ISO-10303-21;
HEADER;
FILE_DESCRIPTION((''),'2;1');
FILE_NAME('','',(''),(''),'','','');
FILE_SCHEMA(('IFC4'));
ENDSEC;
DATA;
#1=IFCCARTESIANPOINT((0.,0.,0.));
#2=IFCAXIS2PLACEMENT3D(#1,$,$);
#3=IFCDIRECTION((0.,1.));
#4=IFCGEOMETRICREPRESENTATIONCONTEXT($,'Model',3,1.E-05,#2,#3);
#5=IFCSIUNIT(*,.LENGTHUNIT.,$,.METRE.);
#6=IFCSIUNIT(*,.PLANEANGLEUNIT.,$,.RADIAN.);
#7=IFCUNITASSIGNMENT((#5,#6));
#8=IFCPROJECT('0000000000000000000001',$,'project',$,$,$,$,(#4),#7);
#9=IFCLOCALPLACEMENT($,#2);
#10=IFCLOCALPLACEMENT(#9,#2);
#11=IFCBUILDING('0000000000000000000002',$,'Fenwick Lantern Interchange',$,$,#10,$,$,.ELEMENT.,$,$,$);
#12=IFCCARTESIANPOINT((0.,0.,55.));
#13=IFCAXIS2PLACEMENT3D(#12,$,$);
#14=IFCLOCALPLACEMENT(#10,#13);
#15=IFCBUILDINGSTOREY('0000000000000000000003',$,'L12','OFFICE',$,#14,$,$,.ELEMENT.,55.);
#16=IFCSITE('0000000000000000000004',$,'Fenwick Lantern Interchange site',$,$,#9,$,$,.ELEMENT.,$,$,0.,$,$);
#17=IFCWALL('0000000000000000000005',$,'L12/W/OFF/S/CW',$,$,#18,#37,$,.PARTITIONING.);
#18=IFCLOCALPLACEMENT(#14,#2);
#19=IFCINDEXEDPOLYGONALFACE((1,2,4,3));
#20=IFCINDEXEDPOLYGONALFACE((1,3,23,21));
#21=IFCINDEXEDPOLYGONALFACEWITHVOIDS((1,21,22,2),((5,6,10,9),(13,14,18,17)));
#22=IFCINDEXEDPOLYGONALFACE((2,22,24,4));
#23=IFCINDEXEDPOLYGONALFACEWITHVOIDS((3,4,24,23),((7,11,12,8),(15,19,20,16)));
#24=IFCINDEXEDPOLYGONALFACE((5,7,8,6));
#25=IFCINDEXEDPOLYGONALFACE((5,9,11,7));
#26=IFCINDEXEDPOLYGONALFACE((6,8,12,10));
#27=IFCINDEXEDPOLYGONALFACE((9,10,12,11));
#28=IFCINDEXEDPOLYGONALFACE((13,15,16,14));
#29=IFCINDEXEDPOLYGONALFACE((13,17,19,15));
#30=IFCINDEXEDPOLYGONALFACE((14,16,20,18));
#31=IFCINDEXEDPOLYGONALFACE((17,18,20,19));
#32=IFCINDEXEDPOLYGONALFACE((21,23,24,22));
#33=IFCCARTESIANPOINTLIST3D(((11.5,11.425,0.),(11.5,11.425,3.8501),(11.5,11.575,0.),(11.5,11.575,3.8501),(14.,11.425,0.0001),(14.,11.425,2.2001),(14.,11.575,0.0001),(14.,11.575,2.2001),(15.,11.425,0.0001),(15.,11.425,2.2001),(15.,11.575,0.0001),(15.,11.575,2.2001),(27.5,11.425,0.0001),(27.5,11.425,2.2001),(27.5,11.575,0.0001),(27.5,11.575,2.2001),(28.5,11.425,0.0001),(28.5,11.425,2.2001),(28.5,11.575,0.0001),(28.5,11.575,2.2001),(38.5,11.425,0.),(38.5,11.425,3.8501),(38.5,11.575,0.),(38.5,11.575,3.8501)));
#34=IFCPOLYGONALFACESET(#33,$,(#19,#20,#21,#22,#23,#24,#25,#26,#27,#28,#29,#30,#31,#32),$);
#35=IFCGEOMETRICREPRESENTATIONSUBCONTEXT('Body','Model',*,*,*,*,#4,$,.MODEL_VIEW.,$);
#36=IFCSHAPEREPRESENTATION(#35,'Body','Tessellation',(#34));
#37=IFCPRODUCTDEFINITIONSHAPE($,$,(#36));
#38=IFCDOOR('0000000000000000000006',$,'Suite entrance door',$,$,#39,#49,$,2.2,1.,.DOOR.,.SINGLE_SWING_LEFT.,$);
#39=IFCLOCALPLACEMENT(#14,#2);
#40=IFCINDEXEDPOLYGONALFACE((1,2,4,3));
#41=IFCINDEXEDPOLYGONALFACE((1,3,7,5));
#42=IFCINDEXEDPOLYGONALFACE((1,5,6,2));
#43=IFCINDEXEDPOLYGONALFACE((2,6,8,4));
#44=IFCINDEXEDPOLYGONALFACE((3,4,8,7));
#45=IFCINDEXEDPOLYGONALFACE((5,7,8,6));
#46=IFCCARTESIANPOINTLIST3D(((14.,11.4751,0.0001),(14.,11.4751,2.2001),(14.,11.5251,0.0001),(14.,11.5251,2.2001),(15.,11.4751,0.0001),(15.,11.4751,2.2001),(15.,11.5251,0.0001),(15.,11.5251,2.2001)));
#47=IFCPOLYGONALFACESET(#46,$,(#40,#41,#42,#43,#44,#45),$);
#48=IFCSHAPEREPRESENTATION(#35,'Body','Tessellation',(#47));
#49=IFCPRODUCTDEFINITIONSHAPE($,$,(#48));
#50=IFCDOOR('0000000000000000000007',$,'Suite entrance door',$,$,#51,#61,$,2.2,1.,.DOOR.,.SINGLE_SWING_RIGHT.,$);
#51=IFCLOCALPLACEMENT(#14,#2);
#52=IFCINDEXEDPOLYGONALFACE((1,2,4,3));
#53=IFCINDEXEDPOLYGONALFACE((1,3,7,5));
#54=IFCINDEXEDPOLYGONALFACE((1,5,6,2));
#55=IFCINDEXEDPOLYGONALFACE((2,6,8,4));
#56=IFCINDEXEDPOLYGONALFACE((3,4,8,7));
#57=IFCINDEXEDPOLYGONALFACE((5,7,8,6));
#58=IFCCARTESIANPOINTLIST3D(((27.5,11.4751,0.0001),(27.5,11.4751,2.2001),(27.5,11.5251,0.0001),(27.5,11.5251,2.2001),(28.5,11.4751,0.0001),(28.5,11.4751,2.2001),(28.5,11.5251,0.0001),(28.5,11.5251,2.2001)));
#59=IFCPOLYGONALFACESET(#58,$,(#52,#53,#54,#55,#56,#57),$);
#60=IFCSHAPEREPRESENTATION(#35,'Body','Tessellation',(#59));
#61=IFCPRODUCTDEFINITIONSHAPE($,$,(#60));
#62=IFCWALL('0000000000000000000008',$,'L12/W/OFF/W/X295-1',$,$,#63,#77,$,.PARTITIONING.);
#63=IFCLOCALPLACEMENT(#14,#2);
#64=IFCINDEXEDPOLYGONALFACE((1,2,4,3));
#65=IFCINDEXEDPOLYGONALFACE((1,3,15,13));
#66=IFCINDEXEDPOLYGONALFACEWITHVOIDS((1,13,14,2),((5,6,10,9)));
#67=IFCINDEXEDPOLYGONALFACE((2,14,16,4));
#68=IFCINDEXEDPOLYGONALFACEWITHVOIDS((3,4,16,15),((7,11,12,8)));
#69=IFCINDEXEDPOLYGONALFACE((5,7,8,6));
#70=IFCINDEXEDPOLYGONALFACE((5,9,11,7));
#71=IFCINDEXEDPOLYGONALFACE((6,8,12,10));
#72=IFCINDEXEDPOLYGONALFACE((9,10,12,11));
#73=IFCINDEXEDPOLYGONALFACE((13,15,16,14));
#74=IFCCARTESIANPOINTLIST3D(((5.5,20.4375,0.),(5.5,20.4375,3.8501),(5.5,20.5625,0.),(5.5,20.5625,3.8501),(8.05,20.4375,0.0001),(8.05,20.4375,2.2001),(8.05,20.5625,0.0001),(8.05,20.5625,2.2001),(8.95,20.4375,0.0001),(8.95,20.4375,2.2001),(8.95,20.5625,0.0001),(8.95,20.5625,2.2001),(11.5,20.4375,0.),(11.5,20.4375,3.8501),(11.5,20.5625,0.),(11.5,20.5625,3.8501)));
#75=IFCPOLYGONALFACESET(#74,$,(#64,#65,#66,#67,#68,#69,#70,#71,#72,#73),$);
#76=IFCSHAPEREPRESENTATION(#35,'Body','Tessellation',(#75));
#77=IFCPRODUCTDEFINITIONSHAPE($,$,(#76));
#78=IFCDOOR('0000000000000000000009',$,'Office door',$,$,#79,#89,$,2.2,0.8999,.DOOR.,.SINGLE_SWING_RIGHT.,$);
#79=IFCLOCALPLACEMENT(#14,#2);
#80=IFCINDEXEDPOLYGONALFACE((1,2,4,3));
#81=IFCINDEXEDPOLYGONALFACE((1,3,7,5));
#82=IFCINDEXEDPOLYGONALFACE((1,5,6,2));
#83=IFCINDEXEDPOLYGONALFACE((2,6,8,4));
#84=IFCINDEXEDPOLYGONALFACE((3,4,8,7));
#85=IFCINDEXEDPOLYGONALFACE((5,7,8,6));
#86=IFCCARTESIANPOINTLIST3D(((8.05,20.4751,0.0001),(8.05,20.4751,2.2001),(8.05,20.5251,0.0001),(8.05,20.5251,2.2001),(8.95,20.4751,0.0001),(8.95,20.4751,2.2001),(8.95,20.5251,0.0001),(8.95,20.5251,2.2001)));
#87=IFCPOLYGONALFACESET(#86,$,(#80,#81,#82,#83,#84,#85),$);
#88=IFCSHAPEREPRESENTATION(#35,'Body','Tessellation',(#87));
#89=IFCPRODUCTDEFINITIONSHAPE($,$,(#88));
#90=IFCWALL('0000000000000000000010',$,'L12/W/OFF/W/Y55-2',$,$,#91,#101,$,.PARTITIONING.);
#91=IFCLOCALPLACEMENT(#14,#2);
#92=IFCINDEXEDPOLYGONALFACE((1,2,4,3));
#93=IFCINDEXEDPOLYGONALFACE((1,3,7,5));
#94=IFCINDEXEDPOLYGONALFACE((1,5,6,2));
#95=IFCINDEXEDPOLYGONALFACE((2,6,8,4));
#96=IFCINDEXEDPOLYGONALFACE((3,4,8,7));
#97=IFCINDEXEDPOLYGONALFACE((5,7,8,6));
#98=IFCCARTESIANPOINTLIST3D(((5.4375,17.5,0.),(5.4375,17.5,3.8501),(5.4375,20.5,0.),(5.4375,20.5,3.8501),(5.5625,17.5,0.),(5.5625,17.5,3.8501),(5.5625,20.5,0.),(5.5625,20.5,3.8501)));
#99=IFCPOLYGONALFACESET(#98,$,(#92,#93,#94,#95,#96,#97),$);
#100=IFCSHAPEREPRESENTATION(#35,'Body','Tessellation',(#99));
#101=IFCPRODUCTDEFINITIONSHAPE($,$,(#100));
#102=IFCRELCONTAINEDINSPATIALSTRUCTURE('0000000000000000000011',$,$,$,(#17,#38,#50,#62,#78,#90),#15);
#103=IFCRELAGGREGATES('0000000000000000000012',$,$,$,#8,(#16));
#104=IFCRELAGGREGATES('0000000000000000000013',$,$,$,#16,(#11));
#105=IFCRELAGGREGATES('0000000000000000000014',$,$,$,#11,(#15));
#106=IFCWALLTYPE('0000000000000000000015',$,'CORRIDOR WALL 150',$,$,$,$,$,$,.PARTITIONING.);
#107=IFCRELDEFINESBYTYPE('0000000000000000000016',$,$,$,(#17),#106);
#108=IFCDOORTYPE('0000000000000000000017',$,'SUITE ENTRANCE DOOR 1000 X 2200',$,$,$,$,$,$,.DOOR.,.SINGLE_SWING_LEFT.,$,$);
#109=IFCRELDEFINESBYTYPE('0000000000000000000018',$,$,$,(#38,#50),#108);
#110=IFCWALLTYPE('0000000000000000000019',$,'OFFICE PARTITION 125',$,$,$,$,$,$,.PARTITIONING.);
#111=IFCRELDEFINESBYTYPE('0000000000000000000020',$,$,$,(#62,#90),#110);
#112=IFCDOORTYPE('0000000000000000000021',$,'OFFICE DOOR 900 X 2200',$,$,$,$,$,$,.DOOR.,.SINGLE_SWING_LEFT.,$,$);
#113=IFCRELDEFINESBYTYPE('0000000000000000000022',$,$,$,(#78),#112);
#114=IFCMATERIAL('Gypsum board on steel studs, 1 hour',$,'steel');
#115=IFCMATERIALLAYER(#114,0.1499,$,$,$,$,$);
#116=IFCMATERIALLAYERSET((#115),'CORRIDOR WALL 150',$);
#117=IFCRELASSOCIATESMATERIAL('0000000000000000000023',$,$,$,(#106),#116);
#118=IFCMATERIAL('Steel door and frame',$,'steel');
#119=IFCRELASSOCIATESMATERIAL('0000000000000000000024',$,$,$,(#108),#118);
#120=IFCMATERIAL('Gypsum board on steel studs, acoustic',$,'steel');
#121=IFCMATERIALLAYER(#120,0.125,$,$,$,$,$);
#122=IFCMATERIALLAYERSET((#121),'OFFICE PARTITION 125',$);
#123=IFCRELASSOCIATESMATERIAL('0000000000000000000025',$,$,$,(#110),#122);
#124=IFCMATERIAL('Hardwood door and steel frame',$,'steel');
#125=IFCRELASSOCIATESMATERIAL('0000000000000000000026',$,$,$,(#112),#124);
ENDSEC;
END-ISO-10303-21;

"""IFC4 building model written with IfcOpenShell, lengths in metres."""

from ifc_helpers import new_model, si_unit, direction, frame, frame_2d, origin, place, context, subcontext, project, spatial, rectangle, extrude, material, layer, layer_set, type_object, element, fill, save


model = new_model("IFC4")

# Units and contexts
model_context = context("Model", 3, precision=1e-05, world=origin(), true_north=direction((0.0, 1.0)))
body_context = subcontext(model_context, "Body", "Model", "MODEL_VIEW")
ifc_project = project(units=[si_unit("LENGTHUNIT", "METRE"), si_unit("PLANEANGLEUNIT", "RADIAN")], contexts=[model_context])

# Site, building, storey
site_placement = place(None, origin())
site = spatial("IfcSite", under=ifc_project, at=site_placement, Name="Fenwick Lantern Interchange site", CompositionType="ELEMENT", RefElevation=0.0)
building_placement = place(site_placement, origin())
building = spatial("IfcBuilding", under=site, at=building_placement, Name="Fenwick Lantern Interchange", CompositionType="ELEMENT")
storey_placement = place(building_placement, frame((0.0, 0.0, 55.0)))
storey = spatial("IfcBuildingStorey", under=building, at=storey_placement, Name="L12", Description="OFFICE", CompositionType="ELEMENT", Elevation=55.0)

# Shared definitions
ifc_material_1 = material(Name="Steel door and frame", Category="steel")

# Wall, openings, doors
ifc_material_2 = material(Name="Hardwood door and steel frame", Category="steel")
ifc_material_3 = material(Name="Gypsum board on steel studs, 1 hour", Category="steel")
ifc_layer_1 = layer(ifc_material_3, 0.1499)
ifc_layer_set_1 = layer_set([ifc_layer_1], Name="CORRIDOR WALL 150")
wall_type_1 = type_object("IfcWallType", Name="CORRIDOR WALL 150", PredefinedType="PARTITIONING", material=ifc_layer_set_1)
wall_1_placement = place(storey_placement, frame((11.5, 11.5, 0.0), z_axis=(0.0, 0.0, 1.0), x_axis=(1.0, 0.0, 0.0)))
wall_1 = element("IfcWall", 1, at=wall_1_placement, inside=storey, type_object=wall_type_1, Name="L12/W/OFF/S/CW", PredefinedType="PARTITIONING", context=body_context, shape_type="SweptSolid", body=[
    extrude(rectangle(XDim=27.0, YDim=0.1499, at=frame_2d((13.5, 0.0))), origin(), (0.0, 0.0, 1.0), 3.8501),
])
opening_1_placement = place(wall_1_placement, frame((2.5, 0.0, 0.0)))
opening_1 = element("IfcOpeningElement", 2, at=opening_1_placement, cuts=wall_1, PredefinedType="OPENING", context=body_context, shape_type="SweptSolid", body=[
    extrude(rectangle(XDim=1.0, YDim=2.2, at=frame_2d((0.5, 1.1001))), frame((0.0, 0.085, 0.0), z_axis=(0.0, -1.0, 0.0), x_axis=(1.0, 0.0, 0.0)), (0.0, 0.0, 1.0), 0.1699),
])
opening_2_placement = place(wall_1_placement, frame((16.0, 0.0, 0.0)))
opening_2 = element("IfcOpeningElement", 3, at=opening_2_placement, cuts=wall_1, PredefinedType="OPENING", context=body_context, shape_type="SweptSolid", body=[
    extrude(rectangle(XDim=1.0, YDim=2.2, at=frame_2d((0.5, 1.1001))), frame((0.0, 0.085, 0.0), z_axis=(0.0, -1.0, 0.0), x_axis=(1.0, 0.0, 0.0)), (0.0, 0.0, 1.0), 0.1699),
])
door_type_1 = type_object("IfcDoorType", Name="SUITE ENTRANCE DOOR 1000 X 2200", OperationType="SINGLE_SWING_LEFT", PredefinedType="DOOR", material=ifc_material_1)
door_1_placement = place(opening_1_placement, frame((1.0, 0.0, 0.0), z_axis=(0.0, 0.0, 1.0), x_axis=(-1.0, 0.0, 0.0)))
door_1 = element("IfcDoor", 4, at=door_1_placement, inside=storey, type_object=door_type_1, Name="Suite entrance door", OperationType="SINGLE_SWING_LEFT", OverallHeight=2.2, OverallWidth=1.0, PredefinedType="DOOR", context=body_context, shape_type="SweptSolid", body=[
    extrude(rectangle(XDim=1.0, YDim=2.2, at=frame_2d((0.5, 1.1001))), frame((0.0, 0.0249, 0.0), z_axis=(0.0, -1.0, 0.0), x_axis=(1.0, 0.0, 0.0)), (0.0, 0.0, 1.0), 0.05),
])
fill(opening_1, door_1)
door_2_placement = place(opening_2_placement, frame((1.0, 0.0, 0.0), z_axis=(0.0, 0.0, 1.0), x_axis=(-1.0, 0.0, 0.0)))
door_2 = element("IfcDoor", 5, at=door_2_placement, inside=storey, type_object=door_type_1, Name="Suite entrance door", OperationType="SINGLE_SWING_RIGHT", OverallHeight=2.2, OverallWidth=1.0, PredefinedType="DOOR", context=body_context, shape_type="SweptSolid", body=[
    extrude(rectangle(XDim=1.0, YDim=2.2, at=frame_2d((0.5, 1.1001))), frame((0.0, 0.0249, 0.0), z_axis=(0.0, -1.0, 0.0), x_axis=(1.0, 0.0, 0.0)), (0.0, 0.0, 1.0), 0.05),
])
fill(opening_2, door_2)

# Wall, opening, door
ifc_material_4 = material(Name="Gypsum board on steel studs, acoustic", Category="steel")
ifc_layer_2 = layer(ifc_material_4, 0.125)
ifc_layer_set_2 = layer_set([ifc_layer_2], Name="OFFICE PARTITION 125")
wall_type_2 = type_object("IfcWallType", Name="OFFICE PARTITION 125", PredefinedType="PARTITIONING", material=ifc_layer_set_2)
wall_2_placement = place(storey_placement, frame((5.5, 20.5, 0.0), z_axis=(0.0, 0.0, 1.0), x_axis=(1.0, 0.0, 0.0)))
wall_2 = element("IfcWall", 6, at=wall_2_placement, inside=storey, type_object=wall_type_2, Name="L12/W/OFF/W/X295-1", PredefinedType="PARTITIONING", context=body_context, shape_type="SweptSolid", body=[
    extrude(rectangle(XDim=6.0, YDim=0.125, at=frame_2d((3.0, 0.0))), origin(), (0.0, 0.0, 1.0), 3.8501),
])
opening_3_placement = place(wall_2_placement, frame((2.55, 0.0, 0.0)))
opening_3 = element("IfcOpeningElement", 7, at=opening_3_placement, cuts=wall_2, PredefinedType="OPENING", context=body_context, shape_type="SweptSolid", body=[
    extrude(rectangle(XDim=0.8999, YDim=2.2, at=frame_2d((0.45, 1.1001))), frame((0.0, 0.0725, 0.0), z_axis=(0.0, -1.0, 0.0), x_axis=(1.0, 0.0, 0.0)), (0.0, 0.0, 1.0), 0.145),
])
door_type_2 = type_object("IfcDoorType", Name="OFFICE DOOR 900 X 2200", OperationType="SINGLE_SWING_LEFT", PredefinedType="DOOR", material=ifc_material_2)
door_3_placement = place(opening_3_placement, frame((0.8999, 0.0, 0.0), z_axis=(0.0, 0.0, 1.0), x_axis=(-1.0, 0.0, 0.0)))
door_3 = element("IfcDoor", 8, at=door_3_placement, inside=storey, type_object=door_type_2, Name="Office door", OperationType="SINGLE_SWING_RIGHT", OverallHeight=2.2, OverallWidth=0.8999, PredefinedType="DOOR", context=body_context, shape_type="SweptSolid", body=[
    extrude(rectangle(XDim=0.8999, YDim=2.2, at=frame_2d((0.45, 1.1001))), frame((0.0, 0.0249, 0.0), z_axis=(0.0, -1.0, 0.0), x_axis=(1.0, 0.0, 0.0)), (0.0, 0.0, 1.0), 0.05),
])
fill(opening_3, door_3)

# Wall
wall_3_placement = place(storey_placement, frame((5.5, 20.5, 0.0), z_axis=(0.0, 0.0, 1.0), x_axis=(0.0, -1.0, 0.0)))
element("IfcWall", 9, at=wall_3_placement, inside=storey, type_object=wall_type_2, Name="L12/W/OFF/W/Y55-2", PredefinedType="PARTITIONING", context=body_context, shape_type="SweptSolid", body=[
    extrude(rectangle(XDim=3.0, YDim=0.125, at=frame_2d((1.5, 0.0))), origin(), (0.0, 0.0, 1.0), 3.8501),
])

save(model, "model.ifc")
